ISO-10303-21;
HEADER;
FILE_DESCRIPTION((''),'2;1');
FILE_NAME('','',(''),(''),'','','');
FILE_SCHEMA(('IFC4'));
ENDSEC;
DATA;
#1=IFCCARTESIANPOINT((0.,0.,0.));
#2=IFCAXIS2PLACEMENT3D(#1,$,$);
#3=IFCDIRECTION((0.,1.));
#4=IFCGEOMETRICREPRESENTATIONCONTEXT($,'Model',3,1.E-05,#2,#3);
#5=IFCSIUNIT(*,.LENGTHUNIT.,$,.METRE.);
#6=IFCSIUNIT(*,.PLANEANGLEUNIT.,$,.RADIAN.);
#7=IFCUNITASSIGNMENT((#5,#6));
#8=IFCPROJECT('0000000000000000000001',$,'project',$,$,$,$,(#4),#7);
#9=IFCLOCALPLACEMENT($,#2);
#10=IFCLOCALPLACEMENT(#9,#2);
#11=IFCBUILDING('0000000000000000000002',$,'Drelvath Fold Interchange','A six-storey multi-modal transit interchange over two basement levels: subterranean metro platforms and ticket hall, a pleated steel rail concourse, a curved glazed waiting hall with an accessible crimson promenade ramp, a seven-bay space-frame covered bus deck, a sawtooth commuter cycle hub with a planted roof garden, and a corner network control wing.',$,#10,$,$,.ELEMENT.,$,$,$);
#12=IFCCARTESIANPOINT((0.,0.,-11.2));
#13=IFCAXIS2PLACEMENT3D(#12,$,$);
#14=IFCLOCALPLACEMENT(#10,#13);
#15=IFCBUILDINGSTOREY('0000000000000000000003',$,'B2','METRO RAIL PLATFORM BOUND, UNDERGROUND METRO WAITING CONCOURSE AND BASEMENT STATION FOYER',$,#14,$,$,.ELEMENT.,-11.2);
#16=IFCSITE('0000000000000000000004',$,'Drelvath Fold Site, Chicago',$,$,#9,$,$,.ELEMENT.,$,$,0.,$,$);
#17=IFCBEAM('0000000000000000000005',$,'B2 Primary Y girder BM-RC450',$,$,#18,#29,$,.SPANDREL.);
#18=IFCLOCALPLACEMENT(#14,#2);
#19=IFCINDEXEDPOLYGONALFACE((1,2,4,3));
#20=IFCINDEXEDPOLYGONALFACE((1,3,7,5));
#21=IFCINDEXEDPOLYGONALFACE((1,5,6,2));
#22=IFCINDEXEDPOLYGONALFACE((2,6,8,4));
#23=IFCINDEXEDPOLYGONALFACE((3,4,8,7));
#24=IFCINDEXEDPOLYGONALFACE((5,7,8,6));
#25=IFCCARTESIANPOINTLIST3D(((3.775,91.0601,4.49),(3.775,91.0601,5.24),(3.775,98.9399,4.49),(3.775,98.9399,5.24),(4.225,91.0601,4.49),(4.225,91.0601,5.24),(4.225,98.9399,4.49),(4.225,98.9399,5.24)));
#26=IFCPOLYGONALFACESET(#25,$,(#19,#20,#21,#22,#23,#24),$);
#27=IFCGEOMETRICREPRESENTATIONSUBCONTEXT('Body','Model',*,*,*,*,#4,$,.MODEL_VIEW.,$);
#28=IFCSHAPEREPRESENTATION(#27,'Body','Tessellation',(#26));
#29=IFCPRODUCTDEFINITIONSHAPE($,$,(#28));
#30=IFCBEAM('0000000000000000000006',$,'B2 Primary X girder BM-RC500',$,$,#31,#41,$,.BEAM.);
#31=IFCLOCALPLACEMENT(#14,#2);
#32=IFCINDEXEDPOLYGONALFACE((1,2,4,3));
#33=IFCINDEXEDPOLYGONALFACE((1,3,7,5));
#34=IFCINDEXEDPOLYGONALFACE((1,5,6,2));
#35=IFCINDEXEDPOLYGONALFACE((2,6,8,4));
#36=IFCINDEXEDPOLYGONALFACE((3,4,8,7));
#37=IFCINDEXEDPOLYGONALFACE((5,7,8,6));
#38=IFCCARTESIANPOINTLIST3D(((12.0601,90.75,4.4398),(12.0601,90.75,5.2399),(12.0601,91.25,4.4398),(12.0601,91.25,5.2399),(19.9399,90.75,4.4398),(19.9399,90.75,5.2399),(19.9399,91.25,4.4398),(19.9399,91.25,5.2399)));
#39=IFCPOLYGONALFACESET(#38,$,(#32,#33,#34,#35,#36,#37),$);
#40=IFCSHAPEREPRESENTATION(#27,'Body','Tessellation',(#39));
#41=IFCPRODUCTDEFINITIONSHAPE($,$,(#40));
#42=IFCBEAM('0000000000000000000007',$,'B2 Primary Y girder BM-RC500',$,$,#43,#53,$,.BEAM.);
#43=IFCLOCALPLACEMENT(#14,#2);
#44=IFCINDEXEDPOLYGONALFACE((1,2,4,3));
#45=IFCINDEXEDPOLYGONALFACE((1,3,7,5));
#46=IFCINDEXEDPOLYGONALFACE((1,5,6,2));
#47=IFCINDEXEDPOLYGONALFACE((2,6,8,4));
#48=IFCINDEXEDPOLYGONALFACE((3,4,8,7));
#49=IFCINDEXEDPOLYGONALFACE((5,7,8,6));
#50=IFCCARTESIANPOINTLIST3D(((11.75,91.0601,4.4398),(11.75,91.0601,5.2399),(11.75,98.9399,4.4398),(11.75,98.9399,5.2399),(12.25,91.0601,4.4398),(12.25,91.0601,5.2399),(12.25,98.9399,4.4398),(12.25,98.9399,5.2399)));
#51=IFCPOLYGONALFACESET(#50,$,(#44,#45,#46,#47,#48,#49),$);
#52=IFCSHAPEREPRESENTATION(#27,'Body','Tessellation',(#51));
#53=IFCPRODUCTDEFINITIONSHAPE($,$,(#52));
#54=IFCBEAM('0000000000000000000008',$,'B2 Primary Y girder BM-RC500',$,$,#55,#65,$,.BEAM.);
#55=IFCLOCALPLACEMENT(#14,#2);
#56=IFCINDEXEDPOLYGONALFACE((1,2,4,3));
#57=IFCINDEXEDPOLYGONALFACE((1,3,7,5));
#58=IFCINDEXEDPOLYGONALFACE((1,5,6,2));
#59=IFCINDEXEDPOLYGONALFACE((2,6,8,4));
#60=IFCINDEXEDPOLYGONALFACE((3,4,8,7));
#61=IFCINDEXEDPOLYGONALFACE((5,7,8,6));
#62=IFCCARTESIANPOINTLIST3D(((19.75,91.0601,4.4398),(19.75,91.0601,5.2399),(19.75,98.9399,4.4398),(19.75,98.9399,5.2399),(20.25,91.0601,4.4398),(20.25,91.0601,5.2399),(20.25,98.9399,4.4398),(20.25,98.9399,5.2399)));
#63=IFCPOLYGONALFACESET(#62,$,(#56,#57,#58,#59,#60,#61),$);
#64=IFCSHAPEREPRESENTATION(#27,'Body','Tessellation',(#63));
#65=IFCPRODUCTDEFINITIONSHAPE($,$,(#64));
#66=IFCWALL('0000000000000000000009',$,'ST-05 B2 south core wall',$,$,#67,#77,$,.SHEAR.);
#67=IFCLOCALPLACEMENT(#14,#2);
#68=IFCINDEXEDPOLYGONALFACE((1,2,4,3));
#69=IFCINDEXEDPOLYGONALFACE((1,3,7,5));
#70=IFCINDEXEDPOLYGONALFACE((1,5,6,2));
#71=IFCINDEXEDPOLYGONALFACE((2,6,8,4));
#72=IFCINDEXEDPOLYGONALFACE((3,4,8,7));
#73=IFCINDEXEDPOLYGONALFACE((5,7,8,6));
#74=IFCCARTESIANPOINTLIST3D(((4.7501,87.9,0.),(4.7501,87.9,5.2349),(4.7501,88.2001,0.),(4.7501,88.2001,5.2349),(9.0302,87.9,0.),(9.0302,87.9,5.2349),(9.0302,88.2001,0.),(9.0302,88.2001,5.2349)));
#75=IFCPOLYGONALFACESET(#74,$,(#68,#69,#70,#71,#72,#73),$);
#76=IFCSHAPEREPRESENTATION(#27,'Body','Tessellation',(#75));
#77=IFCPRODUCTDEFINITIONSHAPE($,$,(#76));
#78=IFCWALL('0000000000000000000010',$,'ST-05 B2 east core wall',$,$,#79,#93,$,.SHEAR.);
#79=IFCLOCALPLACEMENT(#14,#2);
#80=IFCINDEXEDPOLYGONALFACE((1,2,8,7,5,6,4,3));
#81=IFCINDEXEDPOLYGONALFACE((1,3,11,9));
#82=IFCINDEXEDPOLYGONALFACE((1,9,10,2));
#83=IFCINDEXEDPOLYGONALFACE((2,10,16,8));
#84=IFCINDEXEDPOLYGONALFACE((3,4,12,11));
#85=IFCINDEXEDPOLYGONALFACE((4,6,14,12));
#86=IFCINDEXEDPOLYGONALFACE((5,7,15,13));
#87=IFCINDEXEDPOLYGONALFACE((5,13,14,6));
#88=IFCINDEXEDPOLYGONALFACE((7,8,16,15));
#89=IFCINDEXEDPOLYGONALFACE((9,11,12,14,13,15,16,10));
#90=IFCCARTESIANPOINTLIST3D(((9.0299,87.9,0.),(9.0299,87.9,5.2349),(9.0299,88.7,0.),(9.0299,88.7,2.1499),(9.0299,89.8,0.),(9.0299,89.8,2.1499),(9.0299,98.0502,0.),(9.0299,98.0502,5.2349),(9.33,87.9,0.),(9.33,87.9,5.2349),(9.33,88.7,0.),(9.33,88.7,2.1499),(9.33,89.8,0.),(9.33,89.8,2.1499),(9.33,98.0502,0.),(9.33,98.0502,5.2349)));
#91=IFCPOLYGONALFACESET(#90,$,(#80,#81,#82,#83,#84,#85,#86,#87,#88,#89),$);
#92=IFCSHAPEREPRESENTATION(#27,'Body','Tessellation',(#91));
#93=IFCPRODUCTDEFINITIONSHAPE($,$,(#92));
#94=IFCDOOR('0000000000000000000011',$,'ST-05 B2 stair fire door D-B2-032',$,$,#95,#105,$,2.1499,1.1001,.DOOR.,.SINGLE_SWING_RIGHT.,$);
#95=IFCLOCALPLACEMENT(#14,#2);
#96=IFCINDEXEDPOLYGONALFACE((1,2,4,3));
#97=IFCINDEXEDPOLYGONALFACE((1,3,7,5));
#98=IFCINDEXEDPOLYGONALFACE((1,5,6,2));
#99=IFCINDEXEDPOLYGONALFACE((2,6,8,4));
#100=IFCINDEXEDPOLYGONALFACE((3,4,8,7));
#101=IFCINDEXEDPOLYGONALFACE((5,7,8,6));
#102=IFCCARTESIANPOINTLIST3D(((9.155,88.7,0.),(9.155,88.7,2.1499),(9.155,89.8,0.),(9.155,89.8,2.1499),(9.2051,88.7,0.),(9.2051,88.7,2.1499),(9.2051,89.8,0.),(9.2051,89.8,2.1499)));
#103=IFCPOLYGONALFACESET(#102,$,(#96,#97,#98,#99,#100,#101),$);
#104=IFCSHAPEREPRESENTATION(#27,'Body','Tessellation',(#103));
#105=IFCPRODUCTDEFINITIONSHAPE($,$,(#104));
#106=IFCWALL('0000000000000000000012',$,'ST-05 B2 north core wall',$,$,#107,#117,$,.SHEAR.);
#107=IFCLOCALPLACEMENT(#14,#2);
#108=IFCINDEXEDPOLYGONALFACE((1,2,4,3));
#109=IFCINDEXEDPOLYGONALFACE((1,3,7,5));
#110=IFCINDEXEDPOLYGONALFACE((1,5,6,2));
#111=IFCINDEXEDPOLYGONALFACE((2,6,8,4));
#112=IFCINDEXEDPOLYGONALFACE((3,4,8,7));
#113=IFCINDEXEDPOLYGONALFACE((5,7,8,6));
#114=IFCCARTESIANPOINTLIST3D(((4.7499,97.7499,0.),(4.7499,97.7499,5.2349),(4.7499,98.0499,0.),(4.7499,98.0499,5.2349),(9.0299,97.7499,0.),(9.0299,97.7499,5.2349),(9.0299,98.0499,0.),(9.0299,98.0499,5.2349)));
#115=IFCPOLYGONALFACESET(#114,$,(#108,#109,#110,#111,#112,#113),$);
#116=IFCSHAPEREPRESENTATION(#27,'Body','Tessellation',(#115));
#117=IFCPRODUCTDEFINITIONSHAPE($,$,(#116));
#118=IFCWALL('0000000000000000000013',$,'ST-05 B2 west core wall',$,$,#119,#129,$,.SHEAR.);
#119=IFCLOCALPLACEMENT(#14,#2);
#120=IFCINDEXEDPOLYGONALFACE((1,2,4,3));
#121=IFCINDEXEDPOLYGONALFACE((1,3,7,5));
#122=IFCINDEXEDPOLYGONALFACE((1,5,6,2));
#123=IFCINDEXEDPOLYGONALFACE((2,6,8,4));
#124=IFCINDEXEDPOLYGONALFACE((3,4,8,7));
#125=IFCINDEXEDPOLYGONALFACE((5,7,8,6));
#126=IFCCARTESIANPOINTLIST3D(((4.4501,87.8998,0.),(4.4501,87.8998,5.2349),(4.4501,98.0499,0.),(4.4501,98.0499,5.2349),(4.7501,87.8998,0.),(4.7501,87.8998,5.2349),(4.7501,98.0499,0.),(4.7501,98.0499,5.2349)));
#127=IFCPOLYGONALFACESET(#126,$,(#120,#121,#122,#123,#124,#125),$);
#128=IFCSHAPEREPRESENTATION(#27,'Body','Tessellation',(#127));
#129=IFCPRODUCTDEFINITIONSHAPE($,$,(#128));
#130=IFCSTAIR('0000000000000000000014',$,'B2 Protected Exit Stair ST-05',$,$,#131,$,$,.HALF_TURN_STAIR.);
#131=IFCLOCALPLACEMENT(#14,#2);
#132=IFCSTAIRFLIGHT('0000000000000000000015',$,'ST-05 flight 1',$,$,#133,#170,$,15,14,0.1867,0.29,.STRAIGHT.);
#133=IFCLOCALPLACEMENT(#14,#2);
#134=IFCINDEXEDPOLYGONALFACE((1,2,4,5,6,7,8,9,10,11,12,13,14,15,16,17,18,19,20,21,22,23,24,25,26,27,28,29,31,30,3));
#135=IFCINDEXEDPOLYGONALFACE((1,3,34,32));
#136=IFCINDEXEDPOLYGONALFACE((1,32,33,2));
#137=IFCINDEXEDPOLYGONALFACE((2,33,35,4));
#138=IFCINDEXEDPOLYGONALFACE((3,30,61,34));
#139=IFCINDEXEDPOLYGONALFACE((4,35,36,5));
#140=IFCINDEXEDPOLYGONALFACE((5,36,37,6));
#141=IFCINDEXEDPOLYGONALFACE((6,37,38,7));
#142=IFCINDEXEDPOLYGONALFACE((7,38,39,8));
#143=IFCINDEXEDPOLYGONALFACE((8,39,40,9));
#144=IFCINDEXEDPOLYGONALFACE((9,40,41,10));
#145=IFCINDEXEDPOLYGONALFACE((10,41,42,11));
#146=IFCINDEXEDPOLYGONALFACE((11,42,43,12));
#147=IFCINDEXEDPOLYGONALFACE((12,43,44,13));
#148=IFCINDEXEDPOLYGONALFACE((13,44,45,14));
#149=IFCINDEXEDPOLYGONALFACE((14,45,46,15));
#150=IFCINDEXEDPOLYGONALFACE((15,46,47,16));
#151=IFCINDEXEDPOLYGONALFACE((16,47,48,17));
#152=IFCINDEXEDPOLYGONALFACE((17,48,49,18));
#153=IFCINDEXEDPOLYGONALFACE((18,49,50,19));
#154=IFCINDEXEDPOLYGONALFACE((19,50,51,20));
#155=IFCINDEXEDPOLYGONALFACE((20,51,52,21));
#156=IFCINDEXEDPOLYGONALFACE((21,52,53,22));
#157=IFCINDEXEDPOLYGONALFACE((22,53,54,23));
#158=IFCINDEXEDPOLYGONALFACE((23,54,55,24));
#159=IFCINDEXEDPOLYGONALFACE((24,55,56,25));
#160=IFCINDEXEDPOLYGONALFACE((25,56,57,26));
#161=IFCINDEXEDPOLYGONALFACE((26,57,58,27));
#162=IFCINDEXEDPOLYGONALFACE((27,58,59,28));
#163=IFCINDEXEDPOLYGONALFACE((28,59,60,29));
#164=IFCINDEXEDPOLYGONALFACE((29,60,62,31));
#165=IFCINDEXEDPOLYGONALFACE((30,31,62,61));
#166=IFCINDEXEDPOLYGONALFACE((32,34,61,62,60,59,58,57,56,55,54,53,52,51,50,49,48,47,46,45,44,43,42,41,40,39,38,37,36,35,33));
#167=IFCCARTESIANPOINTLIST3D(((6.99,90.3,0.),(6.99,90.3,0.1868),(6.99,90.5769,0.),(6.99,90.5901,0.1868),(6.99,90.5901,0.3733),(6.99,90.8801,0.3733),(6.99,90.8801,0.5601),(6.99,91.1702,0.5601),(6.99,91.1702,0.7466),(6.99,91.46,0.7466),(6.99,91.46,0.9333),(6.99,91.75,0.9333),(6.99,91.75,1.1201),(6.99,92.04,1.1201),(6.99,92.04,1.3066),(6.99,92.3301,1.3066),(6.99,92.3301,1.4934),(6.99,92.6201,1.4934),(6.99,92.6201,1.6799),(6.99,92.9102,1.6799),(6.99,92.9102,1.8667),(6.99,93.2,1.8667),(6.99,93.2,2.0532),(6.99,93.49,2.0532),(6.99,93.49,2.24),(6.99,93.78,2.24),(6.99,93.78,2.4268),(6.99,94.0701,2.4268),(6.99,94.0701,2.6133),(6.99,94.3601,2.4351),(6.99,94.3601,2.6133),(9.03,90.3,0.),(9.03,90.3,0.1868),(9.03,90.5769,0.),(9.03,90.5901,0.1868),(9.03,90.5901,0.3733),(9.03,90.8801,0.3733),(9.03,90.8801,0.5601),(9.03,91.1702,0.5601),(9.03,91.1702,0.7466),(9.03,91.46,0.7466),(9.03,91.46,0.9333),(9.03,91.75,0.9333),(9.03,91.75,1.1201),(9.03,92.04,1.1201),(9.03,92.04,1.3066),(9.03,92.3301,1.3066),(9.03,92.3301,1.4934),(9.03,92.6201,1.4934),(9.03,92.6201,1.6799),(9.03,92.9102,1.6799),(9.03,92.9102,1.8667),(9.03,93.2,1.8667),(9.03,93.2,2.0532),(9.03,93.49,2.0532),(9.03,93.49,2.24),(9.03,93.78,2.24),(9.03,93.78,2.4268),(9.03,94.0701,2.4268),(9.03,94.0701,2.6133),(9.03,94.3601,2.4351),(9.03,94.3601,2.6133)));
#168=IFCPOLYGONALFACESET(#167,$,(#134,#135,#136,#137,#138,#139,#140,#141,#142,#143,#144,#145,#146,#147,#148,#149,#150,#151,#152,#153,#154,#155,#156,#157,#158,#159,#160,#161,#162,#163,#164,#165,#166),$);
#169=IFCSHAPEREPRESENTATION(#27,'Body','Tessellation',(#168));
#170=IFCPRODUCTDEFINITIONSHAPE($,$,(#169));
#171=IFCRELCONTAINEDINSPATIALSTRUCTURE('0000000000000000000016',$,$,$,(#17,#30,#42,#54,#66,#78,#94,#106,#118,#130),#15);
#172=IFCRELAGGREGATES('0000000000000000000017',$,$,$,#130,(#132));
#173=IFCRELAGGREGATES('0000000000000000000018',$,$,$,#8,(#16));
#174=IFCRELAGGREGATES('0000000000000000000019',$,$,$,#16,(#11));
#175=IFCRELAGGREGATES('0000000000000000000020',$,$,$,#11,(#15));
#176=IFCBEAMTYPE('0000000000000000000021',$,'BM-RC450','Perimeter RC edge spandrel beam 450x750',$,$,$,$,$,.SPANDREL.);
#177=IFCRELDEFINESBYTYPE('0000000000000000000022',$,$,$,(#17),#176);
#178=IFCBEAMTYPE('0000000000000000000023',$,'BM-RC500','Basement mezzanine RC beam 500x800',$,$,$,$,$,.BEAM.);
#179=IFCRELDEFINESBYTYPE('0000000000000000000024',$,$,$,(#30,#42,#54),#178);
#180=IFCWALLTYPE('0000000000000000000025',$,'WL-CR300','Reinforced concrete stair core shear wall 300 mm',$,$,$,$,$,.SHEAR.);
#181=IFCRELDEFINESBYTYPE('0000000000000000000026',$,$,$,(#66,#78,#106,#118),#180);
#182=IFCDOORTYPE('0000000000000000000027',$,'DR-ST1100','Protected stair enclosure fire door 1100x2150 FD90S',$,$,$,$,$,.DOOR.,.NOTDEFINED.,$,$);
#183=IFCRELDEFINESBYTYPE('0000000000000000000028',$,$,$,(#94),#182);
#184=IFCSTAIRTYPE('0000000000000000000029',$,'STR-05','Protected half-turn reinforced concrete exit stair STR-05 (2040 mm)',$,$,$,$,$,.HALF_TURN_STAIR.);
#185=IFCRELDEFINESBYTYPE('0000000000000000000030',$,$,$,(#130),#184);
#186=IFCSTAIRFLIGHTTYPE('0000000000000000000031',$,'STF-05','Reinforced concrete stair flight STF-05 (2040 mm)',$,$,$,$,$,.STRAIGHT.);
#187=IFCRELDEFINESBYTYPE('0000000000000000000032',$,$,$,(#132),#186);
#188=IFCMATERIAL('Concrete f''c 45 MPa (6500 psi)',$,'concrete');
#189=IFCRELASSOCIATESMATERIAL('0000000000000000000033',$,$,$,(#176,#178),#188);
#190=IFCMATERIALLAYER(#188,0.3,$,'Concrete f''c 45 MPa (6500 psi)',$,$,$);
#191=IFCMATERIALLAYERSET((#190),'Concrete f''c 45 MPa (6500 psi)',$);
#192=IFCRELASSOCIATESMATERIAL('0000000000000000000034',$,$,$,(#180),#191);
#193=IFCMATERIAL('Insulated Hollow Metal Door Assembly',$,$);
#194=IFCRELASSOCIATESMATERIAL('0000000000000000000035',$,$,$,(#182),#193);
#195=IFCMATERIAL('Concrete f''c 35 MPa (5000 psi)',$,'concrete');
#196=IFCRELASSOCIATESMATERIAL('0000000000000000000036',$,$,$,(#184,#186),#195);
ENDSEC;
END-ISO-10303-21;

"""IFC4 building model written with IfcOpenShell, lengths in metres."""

from ifc_helpers import new_model, si_unit, direction, frame, frame_2d, origin, origin_2d, place, context, subcontext, project, spatial, polyline, rectangle, outline, extrude, material, layer, layer_set, material_profile, profile_set, type_object, element, fill, aggregate, save


model = new_model("IFC4")

# Units and contexts
model_context = context("Model", 3, precision=1e-05, world=origin(), true_north=direction((0.0, 1.0)))
body_context = subcontext(model_context, "Body", "Model", "MODEL_VIEW")
ifc_project = project(units=[si_unit("LENGTHUNIT", "METRE"), si_unit("PLANEANGLEUNIT", "RADIAN")], contexts=[model_context])

# Site, building, storey
site_placement = place(None, origin())
site = spatial("IfcSite", under=ifc_project, at=site_placement, Name="Drelvath Fold Site, Chicago", CompositionType="ELEMENT", RefElevation=0.0)
building_placement = place(site_placement, origin())
building = spatial("IfcBuilding", under=site, at=building_placement, Name="Drelvath Fold Interchange", Description="A six-storey multi-modal transit interchange over two basement levels: subterranean metro platforms and ticket hall, a pleated steel rail concourse, a curved glazed waiting hall with an accessible crimson promenade ramp, a seven-bay space-frame covered bus deck, a sawtooth commuter cycle hub with a planted roof garden, and a corner network control wing.", CompositionType="ELEMENT")
storey_placement = place(building_placement, frame((0.0, 0.0, -11.2)))
storey = spatial("IfcBuildingStorey", under=building, at=storey_placement, Name="B2", Description="METRO RAIL PLATFORM BOUND, UNDERGROUND METRO WAITING CONCOURSE AND BASEMENT STATION FOYER", CompositionType="ELEMENT", Elevation=-11.2)

# Beams
ifc_material_1 = material(Name="Concrete f'c 45 MPa (6500 psi)", Category="concrete")
ifc_material_profile_1 = material_profile(ifc_material_1, rectangle(XDim=0.45, YDim=0.75, at=origin_2d()), Name="RC 450x750")
ifc_profile_set_1 = profile_set([ifc_material_profile_1], Name="Concrete f'c 45 MPa (6500 psi)")
beam_type_1 = type_object("IfcBeamType", Name="BM-RC450", Description="Perimeter RC edge spandrel beam 450x750", PredefinedType="SPANDREL", material=ifc_profile_set_1)
for number, where, z_axis, x_axis, name in (
    (1, (4.0, 91.0601, 4.865), (0.0, 1.0, 0.0), (-1.0, 0.0, 0.0), "B2 Primary Y girder BM-RC450"),
):
    element("IfcBeam", number, at=place(storey_placement, frame(where, z_axis=z_axis, x_axis=x_axis)), inside=storey, type_object=beam_type_1, Name=name, PredefinedType="SPANDREL", context=body_context, shape_type="SweptSolid", body=[
        extrude(rectangle(XDim=0.45, YDim=0.75, at=origin_2d()), origin(), (0.0, 0.0, 1.0), 7.8799),
    ])
ifc_material_profile_2 = material_profile(ifc_material_1, rectangle(XDim=0.5, YDim=0.8, at=origin_2d()), Name="RC 500x800")
ifc_profile_set_2 = profile_set([ifc_material_profile_2], Name="Concrete f'c 45 MPa (6500 psi)")
beam_type_2 = type_object("IfcBeamType", Name="BM-RC500", Description="Basement mezzanine RC beam 500x800", PredefinedType="BEAM", material=ifc_profile_set_2)
for number, where, z_axis, x_axis, name in (
    (2, (12.0601, 91.0, 4.8398), (1.0, 0.0, 0.0), (0.0, 1.0, 0.0), "B2 Primary X girder BM-RC500"),
    (3, (12.0, 91.0601, 4.8398), (0.0, 1.0, 0.0), (-1.0, 0.0, 0.0), "B2 Primary Y girder BM-RC500"),
    (4, (20.0, 91.0601, 4.8398), (0.0, 1.0, 0.0), (-1.0, 0.0, 0.0), "B2 Primary Y girder BM-RC500"),
):
    element("IfcBeam", number, at=place(storey_placement, frame(where, z_axis=z_axis, x_axis=x_axis)), inside=storey, type_object=beam_type_2, Name=name, PredefinedType="BEAM", context=body_context, shape_type="SweptSolid", body=[
        extrude(rectangle(XDim=0.5, YDim=0.8, at=origin_2d()), origin(), (0.0, 0.0, 1.0), 7.8799),
    ])

# Wall
ifc_layer = layer(ifc_material_1, 0.3, Name="Concrete f'c 45 MPa (6500 psi)")
ifc_layer_set = layer_set([ifc_layer], Name="Concrete f'c 45 MPa (6500 psi)")
wall_type = type_object("IfcWallType", Name="WL-CR300", Description="Reinforced concrete stair core shear wall 300 mm", PredefinedType="SHEAR", material=ifc_layer_set)
wall_1_placement = place(storey_placement, frame((4.75, 88.05, 0.0), z_axis=(0.0, 0.0, 1.0), x_axis=(1.0, 0.0, 0.0)))
element("IfcWall", 5, at=wall_1_placement, inside=storey, type_object=wall_type, Name="ST-05 B2 south core wall", PredefinedType="SHEAR", context=body_context, shape_type="SweptSolid", body=[
    extrude(rectangle(XDim=4.28, YDim=0.3, at=frame_2d((2.1401, 0.0))), origin(), (0.0, 0.0, 1.0), 5.2349),
])

# Wall, opening, door
wall_2_placement = place(storey_placement, frame((9.1799, 87.8999, 0.0), z_axis=(0.0, 0.0, 1.0), x_axis=(0.0, 1.0, 0.0)))
wall_2 = element("IfcWall", 6, at=wall_2_placement, inside=storey, type_object=wall_type, Name="ST-05 B2 east core wall", PredefinedType="SHEAR", context=body_context, shape_type="SweptSolid", body=[
    extrude(rectangle(XDim=10.1501, YDim=0.3, at=frame_2d((5.0752, 0.0))), origin(), (0.0, 0.0, 1.0), 5.2349),
])
opening_placement = place(wall_2_placement, frame((0.8, 0.0, 0.0)))
opening = element("IfcOpeningElement", 7, at=opening_placement, cuts=wall_2, PredefinedType="OPENING", context=body_context, shape_type="SweptSolid", body=[
    extrude(rectangle(XDim=1.1001, YDim=2.1499, at=frame_2d((0.55, 1.075))), frame((0.0, 0.1599, 0.0), z_axis=(0.0, -1.0, 0.0), x_axis=(1.0, 0.0, 0.0)), (0.0, 0.0, 1.0), 0.3201),
])
ifc_material_2 = material(Name="Insulated Hollow Metal Door Assembly")
door_type = type_object("IfcDoorType", Name="DR-ST1100", Description="Protected stair enclosure fire door 1100x2150 FD90S", OperationType="NOTDEFINED", PredefinedType="DOOR", material=ifc_material_2)
door_placement = place(opening_placement, origin())
door = element("IfcDoor", 8, at=door_placement, inside=storey, type_object=door_type, Name="ST-05 B2 stair fire door D-B2-032", OperationType="SINGLE_SWING_RIGHT", OverallHeight=2.1499, OverallWidth=1.1001, PredefinedType="DOOR", context=body_context, shape_type="SweptSolid", body=[
    extrude(rectangle(XDim=1.1001, YDim=2.1499, at=frame_2d((0.55, 1.075))), frame((0.0, 0.0249, 0.0), z_axis=(0.0, -1.0, 0.0), x_axis=(1.0, 0.0, 0.0)), (0.0, 0.0, 1.0), 0.05),
])
fill(opening, door)

# Walls
wall_3_placement = place(storey_placement, frame((9.03, 97.8999, 0.0), z_axis=(0.0, 0.0, 1.0), x_axis=(-1.0, 0.0, 0.0)))
element("IfcWall", 9, at=wall_3_placement, inside=storey, type_object=wall_type, Name="ST-05 B2 north core wall", PredefinedType="SHEAR", context=body_context, shape_type="SweptSolid", body=[
    extrude(rectangle(XDim=4.28, YDim=0.3, at=frame_2d((2.1401, 0.0))), origin(), (0.0, 0.0, 1.0), 5.2349),
])
wall_4_placement = place(storey_placement, frame((4.6001, 98.05, 0.0), z_axis=(0.0, 0.0, 1.0), x_axis=(0.0, -1.0, 0.0)))
element("IfcWall", 10, at=wall_4_placement, inside=storey, type_object=wall_type, Name="ST-05 B2 west core wall", PredefinedType="SHEAR", context=body_context, shape_type="SweptSolid", body=[
    extrude(rectangle(XDim=10.1501, YDim=0.3, at=frame_2d((5.0752, 0.0))), origin(), (0.0, 0.0, 1.0), 5.2349),
])

# Stair, stair flight
ifc_material_3 = material(Name="Concrete f'c 35 MPa (5000 psi)", Category="concrete")
stair_type = type_object("IfcStairType", Name="STR-05", Description="Protected half-turn reinforced concrete exit stair STR-05 (2040 mm)", PredefinedType="HALF_TURN_STAIR", material=ifc_material_3)
stair_placement = place(storey_placement, origin())
stair = element("IfcStair", 11, at=stair_placement, inside=storey, type_object=stair_type, Name="B2 Protected Exit Stair ST-05", PredefinedType="HALF_TURN_STAIR")
stair_flight_type = type_object("IfcStairFlightType", Name="STF-05", Description="Reinforced concrete stair flight STF-05 (2040 mm)", PredefinedType="STRAIGHT", material=ifc_material_3)
stair_flight_1_placement = place(storey_placement, frame((8.01, 90.3, 0.0), z_axis=(0.0, 0.0, 1.0), x_axis=(0.0, 1.0, 0.0)))
stair_flight_1 = element("IfcStairFlight", 12, at=stair_flight_1_placement, type_object=stair_flight_type, Name="ST-05 flight 1", NumberOfRisers=15, NumberOfTreads=14, PredefinedType="STRAIGHT", RiserHeight=0.1867, TreadLength=0.29, context=body_context, shape_type="SweptSolid", body=[
    extrude(outline(polyline([(0.0, 0.0), (0.0, 0.1868), (0.29, 0.1868), (0.29, 0.3733), (0.5801, 0.3733), (0.5801, 0.5601), (0.8701, 0.5601), (0.8701, 0.7466), (1.1599, 0.7466), (1.1599, 0.9333), (1.45, 0.9333), (1.45, 1.1201), (1.74, 1.1201), (1.74, 1.3066), (2.03, 1.3066), (2.03, 1.4934), (2.3201, 1.4934), (2.3201, 1.6799), (2.6101, 1.6799), (2.6101, 1.8667), (2.8999, 1.8667), (2.8999, 2.0532), (3.1899, 2.0532), (3.1899, 2.24), (3.48, 2.24), (3.48, 2.4268), (3.77, 2.4268), (3.77, 2.6133), (4.0601, 2.6133), (4.0601, 2.8), (4.0601, 2.4351), (0.2769, 0.0), (0.0, 0.0)])), frame((0.0, 1.02, 0.0), z_axis=(0.0, -1.0, 0.0), x_axis=(1.0, 0.0, 0.0)), (0.0, 0.0, 1.0), 2.04),
])
aggregate(stair, [stair_flight_1])

save(model, "model.ifc")
